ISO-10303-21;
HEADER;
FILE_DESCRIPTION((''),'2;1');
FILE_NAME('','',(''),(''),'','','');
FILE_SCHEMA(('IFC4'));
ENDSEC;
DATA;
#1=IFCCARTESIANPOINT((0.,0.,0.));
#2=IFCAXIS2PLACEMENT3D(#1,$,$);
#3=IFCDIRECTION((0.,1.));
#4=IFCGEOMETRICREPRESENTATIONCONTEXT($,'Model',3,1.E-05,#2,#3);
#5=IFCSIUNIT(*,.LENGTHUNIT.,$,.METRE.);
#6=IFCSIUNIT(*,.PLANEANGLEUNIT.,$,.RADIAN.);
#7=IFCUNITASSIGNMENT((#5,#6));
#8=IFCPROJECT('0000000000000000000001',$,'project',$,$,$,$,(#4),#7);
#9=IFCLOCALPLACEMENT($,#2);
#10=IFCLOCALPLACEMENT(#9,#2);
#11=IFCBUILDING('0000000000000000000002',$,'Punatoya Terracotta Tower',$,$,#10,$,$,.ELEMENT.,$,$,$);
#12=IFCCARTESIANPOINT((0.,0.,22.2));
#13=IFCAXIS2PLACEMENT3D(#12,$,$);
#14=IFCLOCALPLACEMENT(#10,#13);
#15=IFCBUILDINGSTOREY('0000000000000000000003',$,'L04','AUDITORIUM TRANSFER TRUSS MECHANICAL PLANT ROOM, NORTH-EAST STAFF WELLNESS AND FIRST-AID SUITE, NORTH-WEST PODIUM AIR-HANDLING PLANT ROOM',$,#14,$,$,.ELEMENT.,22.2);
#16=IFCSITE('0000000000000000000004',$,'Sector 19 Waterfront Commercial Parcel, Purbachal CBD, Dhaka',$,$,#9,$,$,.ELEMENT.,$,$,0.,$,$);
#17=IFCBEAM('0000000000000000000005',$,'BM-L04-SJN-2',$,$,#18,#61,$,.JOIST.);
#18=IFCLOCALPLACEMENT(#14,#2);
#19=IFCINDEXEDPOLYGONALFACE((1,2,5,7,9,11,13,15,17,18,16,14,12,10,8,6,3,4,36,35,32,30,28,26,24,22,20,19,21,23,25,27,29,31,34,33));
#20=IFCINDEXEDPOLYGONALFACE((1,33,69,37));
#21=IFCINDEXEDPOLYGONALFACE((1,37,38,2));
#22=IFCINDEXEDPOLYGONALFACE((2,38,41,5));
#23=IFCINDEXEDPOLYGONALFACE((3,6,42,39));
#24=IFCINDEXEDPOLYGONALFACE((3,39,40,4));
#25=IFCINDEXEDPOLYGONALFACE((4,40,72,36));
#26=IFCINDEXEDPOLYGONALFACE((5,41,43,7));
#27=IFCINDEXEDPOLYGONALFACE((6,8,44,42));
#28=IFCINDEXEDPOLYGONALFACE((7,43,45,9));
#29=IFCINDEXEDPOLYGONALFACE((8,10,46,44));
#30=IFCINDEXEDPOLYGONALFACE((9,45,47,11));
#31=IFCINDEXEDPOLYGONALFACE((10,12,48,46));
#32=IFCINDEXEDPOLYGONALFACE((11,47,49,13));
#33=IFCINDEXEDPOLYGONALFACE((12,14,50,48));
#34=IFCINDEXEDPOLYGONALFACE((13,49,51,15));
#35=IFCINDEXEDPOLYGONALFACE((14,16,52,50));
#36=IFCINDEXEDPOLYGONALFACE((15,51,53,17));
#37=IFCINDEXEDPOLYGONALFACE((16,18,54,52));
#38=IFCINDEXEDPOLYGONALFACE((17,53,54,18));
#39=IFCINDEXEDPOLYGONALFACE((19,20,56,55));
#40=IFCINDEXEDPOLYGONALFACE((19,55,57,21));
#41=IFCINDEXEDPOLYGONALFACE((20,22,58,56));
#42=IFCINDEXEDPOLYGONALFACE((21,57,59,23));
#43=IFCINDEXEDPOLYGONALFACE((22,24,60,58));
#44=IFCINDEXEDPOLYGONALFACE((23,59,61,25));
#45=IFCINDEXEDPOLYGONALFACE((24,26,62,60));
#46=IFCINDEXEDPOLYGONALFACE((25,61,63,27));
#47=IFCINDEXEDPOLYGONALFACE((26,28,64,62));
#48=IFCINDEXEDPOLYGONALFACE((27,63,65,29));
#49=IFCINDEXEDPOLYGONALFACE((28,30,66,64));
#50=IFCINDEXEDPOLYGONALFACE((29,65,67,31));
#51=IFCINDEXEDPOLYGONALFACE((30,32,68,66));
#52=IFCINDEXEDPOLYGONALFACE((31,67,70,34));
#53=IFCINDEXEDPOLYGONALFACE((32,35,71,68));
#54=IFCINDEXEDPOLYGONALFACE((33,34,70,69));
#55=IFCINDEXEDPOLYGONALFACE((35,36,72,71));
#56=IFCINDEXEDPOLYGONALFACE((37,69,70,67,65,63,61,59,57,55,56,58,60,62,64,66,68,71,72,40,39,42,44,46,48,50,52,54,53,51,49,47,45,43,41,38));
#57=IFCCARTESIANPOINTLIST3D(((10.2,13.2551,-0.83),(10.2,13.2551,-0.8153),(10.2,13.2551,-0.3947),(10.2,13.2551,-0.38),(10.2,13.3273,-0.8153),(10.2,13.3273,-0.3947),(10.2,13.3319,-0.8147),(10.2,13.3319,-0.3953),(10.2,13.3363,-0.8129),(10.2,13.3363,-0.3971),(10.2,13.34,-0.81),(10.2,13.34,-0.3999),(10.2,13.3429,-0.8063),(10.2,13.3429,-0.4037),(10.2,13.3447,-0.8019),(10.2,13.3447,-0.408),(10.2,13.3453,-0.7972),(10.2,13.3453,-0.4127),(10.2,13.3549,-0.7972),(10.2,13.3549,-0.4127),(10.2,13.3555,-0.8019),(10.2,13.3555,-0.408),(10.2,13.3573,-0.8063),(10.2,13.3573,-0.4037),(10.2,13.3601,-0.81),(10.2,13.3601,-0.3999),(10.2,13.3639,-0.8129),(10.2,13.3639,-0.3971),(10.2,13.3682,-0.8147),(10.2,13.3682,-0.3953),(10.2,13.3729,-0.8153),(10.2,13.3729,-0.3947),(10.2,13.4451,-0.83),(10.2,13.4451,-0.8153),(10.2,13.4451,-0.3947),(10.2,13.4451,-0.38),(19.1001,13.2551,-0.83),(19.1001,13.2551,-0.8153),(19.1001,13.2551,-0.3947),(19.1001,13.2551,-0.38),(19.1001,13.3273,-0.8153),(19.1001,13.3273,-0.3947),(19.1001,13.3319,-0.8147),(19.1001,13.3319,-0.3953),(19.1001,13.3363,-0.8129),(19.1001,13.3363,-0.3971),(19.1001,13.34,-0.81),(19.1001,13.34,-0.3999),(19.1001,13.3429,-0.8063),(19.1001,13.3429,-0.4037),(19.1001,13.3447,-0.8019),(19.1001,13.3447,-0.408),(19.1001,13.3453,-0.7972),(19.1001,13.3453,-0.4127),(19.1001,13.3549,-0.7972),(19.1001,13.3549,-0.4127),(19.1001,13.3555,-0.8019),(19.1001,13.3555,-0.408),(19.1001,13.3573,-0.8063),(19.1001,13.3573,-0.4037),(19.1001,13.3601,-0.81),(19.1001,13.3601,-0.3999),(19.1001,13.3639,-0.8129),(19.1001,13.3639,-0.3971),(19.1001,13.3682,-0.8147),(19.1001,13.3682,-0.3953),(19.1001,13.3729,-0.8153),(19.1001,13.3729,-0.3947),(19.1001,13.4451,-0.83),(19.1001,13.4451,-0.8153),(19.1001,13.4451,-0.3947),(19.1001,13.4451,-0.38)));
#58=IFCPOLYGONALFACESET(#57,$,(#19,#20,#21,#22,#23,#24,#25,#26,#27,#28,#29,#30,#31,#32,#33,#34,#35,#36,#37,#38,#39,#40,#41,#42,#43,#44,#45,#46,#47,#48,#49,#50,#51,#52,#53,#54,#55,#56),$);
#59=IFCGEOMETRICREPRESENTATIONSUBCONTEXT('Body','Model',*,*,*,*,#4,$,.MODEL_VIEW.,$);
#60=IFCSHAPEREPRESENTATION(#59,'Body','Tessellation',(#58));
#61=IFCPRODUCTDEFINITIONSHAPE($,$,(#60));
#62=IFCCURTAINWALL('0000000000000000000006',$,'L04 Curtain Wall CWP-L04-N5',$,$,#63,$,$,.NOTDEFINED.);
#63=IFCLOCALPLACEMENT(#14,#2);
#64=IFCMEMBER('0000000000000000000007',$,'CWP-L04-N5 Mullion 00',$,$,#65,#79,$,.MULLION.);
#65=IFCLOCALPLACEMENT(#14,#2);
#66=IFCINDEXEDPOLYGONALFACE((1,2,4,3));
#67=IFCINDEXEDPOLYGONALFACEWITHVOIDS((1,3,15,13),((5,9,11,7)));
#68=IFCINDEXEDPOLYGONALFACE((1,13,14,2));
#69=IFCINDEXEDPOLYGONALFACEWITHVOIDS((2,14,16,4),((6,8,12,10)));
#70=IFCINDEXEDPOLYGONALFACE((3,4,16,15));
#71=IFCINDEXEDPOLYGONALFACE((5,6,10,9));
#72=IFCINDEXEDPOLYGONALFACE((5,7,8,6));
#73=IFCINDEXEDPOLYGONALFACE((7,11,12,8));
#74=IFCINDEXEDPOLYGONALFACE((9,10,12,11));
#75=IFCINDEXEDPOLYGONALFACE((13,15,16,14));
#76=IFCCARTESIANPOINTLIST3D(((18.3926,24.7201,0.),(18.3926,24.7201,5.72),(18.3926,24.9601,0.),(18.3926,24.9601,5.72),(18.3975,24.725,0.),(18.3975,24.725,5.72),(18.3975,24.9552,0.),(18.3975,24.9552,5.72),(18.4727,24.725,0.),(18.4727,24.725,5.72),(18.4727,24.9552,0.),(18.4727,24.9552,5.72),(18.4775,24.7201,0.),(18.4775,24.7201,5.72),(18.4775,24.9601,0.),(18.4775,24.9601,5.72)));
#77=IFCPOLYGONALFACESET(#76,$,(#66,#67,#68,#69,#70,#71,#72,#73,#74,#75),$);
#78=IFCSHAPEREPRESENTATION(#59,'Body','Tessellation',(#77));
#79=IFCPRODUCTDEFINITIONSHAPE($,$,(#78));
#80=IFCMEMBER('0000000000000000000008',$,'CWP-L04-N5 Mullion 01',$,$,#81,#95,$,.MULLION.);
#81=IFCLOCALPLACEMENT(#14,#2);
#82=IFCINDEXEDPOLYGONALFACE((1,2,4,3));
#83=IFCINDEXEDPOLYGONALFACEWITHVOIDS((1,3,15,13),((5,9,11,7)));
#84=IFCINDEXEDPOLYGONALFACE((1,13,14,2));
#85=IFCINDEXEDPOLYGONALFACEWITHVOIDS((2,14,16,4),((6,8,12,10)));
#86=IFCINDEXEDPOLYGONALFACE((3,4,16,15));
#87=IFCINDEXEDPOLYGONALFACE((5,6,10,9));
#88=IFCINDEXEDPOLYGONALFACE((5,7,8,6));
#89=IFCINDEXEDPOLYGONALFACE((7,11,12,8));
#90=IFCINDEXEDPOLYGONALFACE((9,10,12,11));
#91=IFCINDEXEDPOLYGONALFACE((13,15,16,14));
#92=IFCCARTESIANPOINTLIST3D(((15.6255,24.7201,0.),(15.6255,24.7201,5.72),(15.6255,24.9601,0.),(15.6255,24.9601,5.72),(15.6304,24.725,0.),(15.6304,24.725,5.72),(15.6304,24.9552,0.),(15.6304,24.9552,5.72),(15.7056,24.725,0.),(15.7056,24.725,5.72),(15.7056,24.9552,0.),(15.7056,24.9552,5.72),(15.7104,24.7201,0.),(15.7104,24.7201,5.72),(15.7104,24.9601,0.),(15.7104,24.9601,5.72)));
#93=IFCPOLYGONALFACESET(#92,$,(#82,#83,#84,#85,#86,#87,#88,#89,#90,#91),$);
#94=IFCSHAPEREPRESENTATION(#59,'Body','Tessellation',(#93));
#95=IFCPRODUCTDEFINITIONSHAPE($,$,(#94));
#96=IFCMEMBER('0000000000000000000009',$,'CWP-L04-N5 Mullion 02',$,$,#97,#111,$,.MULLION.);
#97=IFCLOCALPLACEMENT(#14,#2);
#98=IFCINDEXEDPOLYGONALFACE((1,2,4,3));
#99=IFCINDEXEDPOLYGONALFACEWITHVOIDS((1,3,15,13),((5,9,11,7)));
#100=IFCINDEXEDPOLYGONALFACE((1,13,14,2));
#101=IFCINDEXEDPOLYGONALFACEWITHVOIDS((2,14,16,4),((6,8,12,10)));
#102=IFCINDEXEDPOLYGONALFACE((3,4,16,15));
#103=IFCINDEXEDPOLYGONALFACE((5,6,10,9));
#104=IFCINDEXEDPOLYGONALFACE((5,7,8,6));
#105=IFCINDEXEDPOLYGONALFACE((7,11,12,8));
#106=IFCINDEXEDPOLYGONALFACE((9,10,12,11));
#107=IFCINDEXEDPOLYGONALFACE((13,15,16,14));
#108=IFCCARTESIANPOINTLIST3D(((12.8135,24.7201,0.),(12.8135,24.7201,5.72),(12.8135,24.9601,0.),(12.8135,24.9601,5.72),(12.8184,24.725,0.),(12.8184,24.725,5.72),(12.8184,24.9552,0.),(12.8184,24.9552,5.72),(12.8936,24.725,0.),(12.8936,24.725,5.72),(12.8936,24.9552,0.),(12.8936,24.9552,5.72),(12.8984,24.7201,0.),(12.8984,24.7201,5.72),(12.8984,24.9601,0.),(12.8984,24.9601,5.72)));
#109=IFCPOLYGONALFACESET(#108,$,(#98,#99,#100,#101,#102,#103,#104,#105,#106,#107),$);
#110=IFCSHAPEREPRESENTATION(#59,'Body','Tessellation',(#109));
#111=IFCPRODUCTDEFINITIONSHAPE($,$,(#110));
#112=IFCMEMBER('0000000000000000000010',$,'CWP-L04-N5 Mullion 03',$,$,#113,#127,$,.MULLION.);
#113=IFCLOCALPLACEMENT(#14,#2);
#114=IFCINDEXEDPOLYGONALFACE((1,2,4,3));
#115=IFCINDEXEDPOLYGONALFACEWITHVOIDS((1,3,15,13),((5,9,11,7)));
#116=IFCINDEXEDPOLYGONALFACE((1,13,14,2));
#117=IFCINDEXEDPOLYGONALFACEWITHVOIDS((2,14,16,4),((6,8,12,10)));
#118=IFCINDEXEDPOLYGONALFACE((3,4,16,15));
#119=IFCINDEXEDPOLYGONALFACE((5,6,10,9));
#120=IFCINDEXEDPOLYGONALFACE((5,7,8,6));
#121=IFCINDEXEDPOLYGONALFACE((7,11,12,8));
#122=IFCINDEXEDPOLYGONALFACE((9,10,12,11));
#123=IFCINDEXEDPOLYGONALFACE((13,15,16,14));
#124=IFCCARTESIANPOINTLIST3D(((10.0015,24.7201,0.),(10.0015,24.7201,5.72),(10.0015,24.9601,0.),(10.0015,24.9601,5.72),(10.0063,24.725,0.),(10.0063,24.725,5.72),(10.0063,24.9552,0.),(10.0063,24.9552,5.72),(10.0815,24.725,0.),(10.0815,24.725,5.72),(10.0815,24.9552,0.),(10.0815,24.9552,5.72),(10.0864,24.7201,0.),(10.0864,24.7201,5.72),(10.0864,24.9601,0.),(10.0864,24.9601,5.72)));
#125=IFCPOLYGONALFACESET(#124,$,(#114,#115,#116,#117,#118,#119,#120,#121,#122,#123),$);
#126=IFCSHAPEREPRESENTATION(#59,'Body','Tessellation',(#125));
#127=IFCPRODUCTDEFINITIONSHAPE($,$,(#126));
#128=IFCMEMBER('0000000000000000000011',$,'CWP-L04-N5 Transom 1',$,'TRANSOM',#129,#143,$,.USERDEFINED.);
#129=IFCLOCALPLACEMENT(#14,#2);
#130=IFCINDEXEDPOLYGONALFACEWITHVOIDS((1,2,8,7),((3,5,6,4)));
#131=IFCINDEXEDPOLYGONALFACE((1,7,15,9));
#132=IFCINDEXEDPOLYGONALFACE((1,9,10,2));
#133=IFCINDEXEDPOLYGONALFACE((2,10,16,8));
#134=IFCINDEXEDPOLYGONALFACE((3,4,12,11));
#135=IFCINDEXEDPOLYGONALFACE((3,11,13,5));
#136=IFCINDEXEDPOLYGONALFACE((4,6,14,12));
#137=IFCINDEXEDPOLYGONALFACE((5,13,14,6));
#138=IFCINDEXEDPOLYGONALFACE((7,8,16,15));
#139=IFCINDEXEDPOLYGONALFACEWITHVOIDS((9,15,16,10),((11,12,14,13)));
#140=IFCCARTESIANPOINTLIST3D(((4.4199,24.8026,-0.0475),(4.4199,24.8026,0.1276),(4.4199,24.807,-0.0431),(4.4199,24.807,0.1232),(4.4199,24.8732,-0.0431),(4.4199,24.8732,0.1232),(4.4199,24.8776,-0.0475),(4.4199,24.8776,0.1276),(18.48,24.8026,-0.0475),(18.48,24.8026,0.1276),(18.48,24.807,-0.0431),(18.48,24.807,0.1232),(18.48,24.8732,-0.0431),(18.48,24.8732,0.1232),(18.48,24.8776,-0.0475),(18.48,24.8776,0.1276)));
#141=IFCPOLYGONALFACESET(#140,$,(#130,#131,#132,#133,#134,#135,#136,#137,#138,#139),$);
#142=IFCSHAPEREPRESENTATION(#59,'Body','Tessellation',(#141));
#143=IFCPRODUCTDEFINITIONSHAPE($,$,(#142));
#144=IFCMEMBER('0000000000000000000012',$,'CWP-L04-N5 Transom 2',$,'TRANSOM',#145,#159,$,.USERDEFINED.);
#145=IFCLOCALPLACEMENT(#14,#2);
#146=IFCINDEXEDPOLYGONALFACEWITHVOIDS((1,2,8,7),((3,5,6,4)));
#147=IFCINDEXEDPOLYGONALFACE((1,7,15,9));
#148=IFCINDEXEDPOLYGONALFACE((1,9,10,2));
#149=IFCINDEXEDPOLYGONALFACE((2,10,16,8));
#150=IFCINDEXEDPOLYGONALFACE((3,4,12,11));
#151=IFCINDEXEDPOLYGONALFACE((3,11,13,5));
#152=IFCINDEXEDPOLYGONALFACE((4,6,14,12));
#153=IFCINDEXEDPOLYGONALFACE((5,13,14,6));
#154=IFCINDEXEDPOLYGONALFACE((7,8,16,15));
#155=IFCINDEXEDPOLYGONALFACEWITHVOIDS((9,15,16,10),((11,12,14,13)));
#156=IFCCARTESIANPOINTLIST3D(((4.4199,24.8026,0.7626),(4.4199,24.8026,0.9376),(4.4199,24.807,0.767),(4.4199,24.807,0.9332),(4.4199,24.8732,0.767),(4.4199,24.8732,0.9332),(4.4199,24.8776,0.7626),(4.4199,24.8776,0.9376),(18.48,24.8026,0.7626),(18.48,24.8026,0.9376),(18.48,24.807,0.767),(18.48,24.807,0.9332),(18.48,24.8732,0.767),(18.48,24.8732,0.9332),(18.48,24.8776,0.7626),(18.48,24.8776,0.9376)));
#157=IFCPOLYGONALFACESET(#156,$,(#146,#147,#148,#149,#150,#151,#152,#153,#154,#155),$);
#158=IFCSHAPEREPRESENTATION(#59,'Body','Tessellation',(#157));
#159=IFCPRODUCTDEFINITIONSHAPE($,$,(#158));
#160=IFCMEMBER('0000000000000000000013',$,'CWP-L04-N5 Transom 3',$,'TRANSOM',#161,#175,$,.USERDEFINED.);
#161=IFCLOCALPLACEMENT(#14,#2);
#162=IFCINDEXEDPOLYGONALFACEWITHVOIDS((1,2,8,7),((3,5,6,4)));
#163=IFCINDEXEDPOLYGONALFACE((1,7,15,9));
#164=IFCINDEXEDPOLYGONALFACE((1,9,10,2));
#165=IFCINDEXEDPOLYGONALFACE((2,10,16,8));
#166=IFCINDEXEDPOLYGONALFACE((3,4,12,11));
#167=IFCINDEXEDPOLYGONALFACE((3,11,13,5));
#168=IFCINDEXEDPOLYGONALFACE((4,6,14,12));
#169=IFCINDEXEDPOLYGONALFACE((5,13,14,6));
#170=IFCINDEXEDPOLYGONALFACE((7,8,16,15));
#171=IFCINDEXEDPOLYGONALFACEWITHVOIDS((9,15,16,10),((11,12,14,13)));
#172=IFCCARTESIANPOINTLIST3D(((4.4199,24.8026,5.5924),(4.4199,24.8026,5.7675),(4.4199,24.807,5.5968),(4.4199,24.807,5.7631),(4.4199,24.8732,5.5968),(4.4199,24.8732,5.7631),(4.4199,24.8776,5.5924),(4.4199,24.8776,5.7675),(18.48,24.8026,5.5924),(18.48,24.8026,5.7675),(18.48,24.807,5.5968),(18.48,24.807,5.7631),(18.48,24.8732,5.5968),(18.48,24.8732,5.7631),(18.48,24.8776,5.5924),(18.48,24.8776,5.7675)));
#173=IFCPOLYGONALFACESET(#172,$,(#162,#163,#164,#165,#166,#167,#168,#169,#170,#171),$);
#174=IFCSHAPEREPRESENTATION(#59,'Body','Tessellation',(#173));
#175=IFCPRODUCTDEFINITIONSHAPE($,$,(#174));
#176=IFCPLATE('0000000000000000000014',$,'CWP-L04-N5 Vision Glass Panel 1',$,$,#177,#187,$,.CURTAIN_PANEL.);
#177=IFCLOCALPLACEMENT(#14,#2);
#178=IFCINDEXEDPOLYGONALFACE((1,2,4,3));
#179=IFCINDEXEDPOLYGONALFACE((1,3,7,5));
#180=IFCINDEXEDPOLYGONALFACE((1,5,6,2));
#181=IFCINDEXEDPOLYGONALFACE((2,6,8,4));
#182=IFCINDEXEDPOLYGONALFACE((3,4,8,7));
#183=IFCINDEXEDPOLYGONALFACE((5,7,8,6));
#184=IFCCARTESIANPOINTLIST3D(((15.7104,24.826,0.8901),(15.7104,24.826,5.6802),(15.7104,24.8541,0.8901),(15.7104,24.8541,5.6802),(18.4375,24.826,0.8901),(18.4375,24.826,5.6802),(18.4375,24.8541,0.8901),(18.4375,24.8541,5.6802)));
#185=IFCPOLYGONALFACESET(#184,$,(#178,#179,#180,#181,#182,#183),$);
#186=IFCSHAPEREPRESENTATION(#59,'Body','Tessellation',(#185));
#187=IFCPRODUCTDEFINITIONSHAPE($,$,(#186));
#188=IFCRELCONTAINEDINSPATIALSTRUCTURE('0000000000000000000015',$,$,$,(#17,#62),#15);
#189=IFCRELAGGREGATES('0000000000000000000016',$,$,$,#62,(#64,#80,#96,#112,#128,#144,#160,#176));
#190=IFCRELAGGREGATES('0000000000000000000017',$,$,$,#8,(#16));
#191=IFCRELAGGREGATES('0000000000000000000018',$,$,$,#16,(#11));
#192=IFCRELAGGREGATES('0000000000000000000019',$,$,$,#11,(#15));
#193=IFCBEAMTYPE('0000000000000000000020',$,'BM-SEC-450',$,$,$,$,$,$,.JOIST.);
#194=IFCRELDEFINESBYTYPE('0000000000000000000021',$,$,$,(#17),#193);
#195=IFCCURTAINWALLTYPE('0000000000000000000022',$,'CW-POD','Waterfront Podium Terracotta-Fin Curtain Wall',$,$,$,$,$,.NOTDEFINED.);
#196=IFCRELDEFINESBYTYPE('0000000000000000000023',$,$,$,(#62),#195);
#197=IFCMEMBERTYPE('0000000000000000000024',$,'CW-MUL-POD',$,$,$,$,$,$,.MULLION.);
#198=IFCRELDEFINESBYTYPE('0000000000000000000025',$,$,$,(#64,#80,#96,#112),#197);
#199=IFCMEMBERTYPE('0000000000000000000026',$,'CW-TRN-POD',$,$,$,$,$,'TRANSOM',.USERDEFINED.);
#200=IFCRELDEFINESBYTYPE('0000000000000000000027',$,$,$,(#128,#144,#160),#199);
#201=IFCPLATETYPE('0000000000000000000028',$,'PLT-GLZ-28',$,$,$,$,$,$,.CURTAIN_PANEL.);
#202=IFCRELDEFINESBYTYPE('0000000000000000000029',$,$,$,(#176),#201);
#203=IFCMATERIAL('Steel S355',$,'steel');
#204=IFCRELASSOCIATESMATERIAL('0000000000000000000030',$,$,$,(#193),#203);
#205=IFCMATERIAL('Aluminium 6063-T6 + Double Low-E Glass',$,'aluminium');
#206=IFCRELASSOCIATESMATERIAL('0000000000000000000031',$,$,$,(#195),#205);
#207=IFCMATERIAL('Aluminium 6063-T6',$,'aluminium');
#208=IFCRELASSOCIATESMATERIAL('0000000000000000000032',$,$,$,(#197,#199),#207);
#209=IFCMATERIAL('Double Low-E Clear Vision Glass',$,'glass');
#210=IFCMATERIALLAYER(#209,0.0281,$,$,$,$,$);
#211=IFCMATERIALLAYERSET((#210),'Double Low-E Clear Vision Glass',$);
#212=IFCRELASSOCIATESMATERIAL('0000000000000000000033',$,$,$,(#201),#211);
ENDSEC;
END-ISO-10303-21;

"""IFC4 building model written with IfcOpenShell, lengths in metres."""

from ifc_helpers import new_model, si_unit, direction, frame, origin, origin_2d, place, context, subcontext, project, spatial, rectangle, hollow_rectangle, i_section, extrude, material, layer, layer_set, material_profile, profile_set, type_object, element, aggregate, save


model = new_model("IFC4")

# Units and contexts
model_context = context("Model", 3, precision=1e-05, world=origin(), true_north=direction((0.0, 1.0)))
body_context = subcontext(model_context, "Body", "Model", "MODEL_VIEW")
ifc_project = project(units=[si_unit("LENGTHUNIT", "METRE"), si_unit("PLANEANGLEUNIT", "RADIAN")], contexts=[model_context])

# Site, building, storey
site_placement = place(None, origin())
site = spatial("IfcSite", under=ifc_project, at=site_placement, Name="Sector 19 Waterfront Commercial Parcel, Purbachal CBD, Dhaka", CompositionType="ELEMENT", RefElevation=0.0)
building_placement = place(site_placement, origin())
building = spatial("IfcBuilding", under=site, at=building_placement, Name="Punatoya Terracotta Tower", CompositionType="ELEMENT")
storey_placement = place(building_placement, frame((0.0, 0.0, 22.2)))
storey = spatial("IfcBuildingStorey", under=building, at=storey_placement, Name="L04", Description="AUDITORIUM TRANSFER TRUSS MECHANICAL PLANT ROOM, NORTH-EAST STAFF WELLNESS AND FIRST-AID SUITE, NORTH-WEST PODIUM AIR-HANDLING PLANT ROOM", CompositionType="ELEMENT", Elevation=22.2)

# Beam
ifc_material_1 = material(Name="Steel S355", Category="steel")
ifc_material_profile_1 = material_profile(ifc_material_1, i_section(OverallWidth=0.1899, OverallDepth=0.45, WebThickness=0.0095, FlangeThickness=0.0146, FilletRadius=0.0181, at=origin_2d()))
ifc_profile_set_1 = profile_set([ifc_material_profile_1], Name="Steel S355")
beam_type_1 = type_object("IfcBeamType", Name="BM-SEC-450", PredefinedType="JOIST", material=ifc_profile_set_1)
beam_1_placement = place(storey_placement, frame((10.2, 13.3501, -0.605), z_axis=(1.0, 0.0, 0.0), x_axis=(0.0, 1.0, 0.0)))
element("IfcBeam", 1, at=beam_1_placement, inside=storey, type_object=beam_type_1, Name="BM-L04-SJN-2", PredefinedType="JOIST", context=body_context, shape_type="SweptSolid", body=[
    extrude(i_section(OverallWidth=0.1899, OverallDepth=0.45, WebThickness=0.0095, FlangeThickness=0.0146, FilletRadius=0.0181, at=origin_2d()), origin(), (0.0, 0.0, 1.0), 8.9001),
])

# Curtain wall, members, plate
ifc_material_2 = material(Name="Aluminium 6063-T6 + Double Low-E Glass", Category="aluminium")
curtain_wall_type = type_object("IfcCurtainWallType", Name="CW-POD", Description="Waterfront Podium Terracotta-Fin Curtain Wall", PredefinedType="NOTDEFINED", material=ifc_material_2)
curtain_wall_placement = place(storey_placement, origin())
curtain_wall = element("IfcCurtainWall", 2, at=curtain_wall_placement, inside=storey, type_object=curtain_wall_type, Name="L04 Curtain Wall CWP-L04-N5", PredefinedType="NOTDEFINED")
ifc_material_3 = material(Name="Aluminium 6063-T6", Category="aluminium")
ifc_material_profile_2 = material_profile(ifc_material_3, hollow_rectangle(XDim=0.085, YDim=0.24, WallThickness=0.0049, at=origin_2d()))
ifc_profile_set_2 = profile_set([ifc_material_profile_2], Name="Aluminium 6063-T6")
member_type_1 = type_object("IfcMemberType", Name="CW-MUL-POD", PredefinedType="MULLION", material=ifc_profile_set_2)
member_1_placement = place(storey_placement, frame((18.4351, 24.8401, 0.0), z_axis=(0.0, 0.0, 1.0), x_axis=(1.0, 0.0, 0.0)))
member_1 = element("IfcMember", 3, at=member_1_placement, type_object=member_type_1, Name="CWP-L04-N5 Mullion 00", PredefinedType="MULLION", context=body_context, shape_type="SweptSolid", body=[
    extrude(hollow_rectangle(XDim=0.085, YDim=0.24, WallThickness=0.0049, at=origin_2d()), origin(), (0.0, 0.0, 1.0), 5.72),
])
member_2_placement = place(storey_placement, frame((15.668, 24.8401, 0.0), z_axis=(0.0, 0.0, 1.0), x_axis=(1.0, 0.0, 0.0)))
member_2 = element("IfcMember", 4, at=member_2_placement, type_object=member_type_1, Name="CWP-L04-N5 Mullion 01", PredefinedType="MULLION", context=body_context, shape_type="SweptSolid", body=[
    extrude(hollow_rectangle(XDim=0.085, YDim=0.24, WallThickness=0.0049, at=origin_2d()), origin(), (0.0, 0.0, 1.0), 5.72),
])
member_3_placement = place(storey_placement, frame((12.856, 24.8401, 0.0), z_axis=(0.0, 0.0, 1.0), x_axis=(1.0, 0.0, 0.0)))
member_3 = element("IfcMember", 5, at=member_3_placement, type_object=member_type_1, Name="CWP-L04-N5 Mullion 02", PredefinedType="MULLION", context=body_context, shape_type="SweptSolid", body=[
    extrude(hollow_rectangle(XDim=0.085, YDim=0.24, WallThickness=0.0049, at=origin_2d()), origin(), (0.0, 0.0, 1.0), 5.72),
])
member_4_placement = place(storey_placement, frame((10.0439, 24.8401, 0.0), z_axis=(0.0, 0.0, 1.0), x_axis=(1.0, 0.0, 0.0)))
member_4 = element("IfcMember", 6, at=member_4_placement, type_object=member_type_1, Name="CWP-L04-N5 Mullion 03", PredefinedType="MULLION", context=body_context, shape_type="SweptSolid", body=[
    extrude(hollow_rectangle(XDim=0.085, YDim=0.24, WallThickness=0.0049, at=origin_2d()), origin(), (0.0, 0.0, 1.0), 5.72),
])
ifc_material_profile_3 = material_profile(ifc_material_3, hollow_rectangle(XDim=0.075, YDim=0.175, WallThickness=0.0044, at=origin_2d()))
ifc_profile_set_3 = profile_set([ifc_material_profile_3], Name="Aluminium 6063-T6")
member_type_2 = type_object("IfcMemberType", Name="CW-TRN-POD", ElementType="TRANSOM", PredefinedType="USERDEFINED", material=ifc_profile_set_3)
member_5_placement = place(storey_placement, frame((18.48, 24.8401, 0.04), z_axis=(-1.0, 0.0, 0.0), x_axis=(0.0, -1.0, 0.0)))
member_5 = element("IfcMember", 7, at=member_5_placement, type_object=member_type_2, Name="CWP-L04-N5 Transom 1", ObjectType="TRANSOM", PredefinedType="USERDEFINED", context=body_context, shape_type="SweptSolid", body=[
    extrude(hollow_rectangle(XDim=0.075, YDim=0.175, WallThickness=0.0044, at=origin_2d()), origin(), (0.0, 0.0, 1.0), 14.0601),
])
member_6_placement = place(storey_placement, frame((18.48, 24.8401, 0.8501), z_axis=(-1.0, 0.0, 0.0), x_axis=(0.0, -1.0, 0.0)))
member_6 = element("IfcMember", 8, at=member_6_placement, type_object=member_type_2, Name="CWP-L04-N5 Transom 2", ObjectType="TRANSOM", PredefinedType="USERDEFINED", context=body_context, shape_type="SweptSolid", body=[
    extrude(hollow_rectangle(XDim=0.075, YDim=0.175, WallThickness=0.0044, at=origin_2d()), origin(), (0.0, 0.0, 1.0), 14.0601),
])
member_7_placement = place(storey_placement, frame((18.48, 24.8401, 5.6799), z_axis=(-1.0, 0.0, 0.0), x_axis=(0.0, -1.0, 0.0)))
member_7 = element("IfcMember", 9, at=member_7_placement, type_object=member_type_2, Name="CWP-L04-N5 Transom 3", ObjectType="TRANSOM", PredefinedType="USERDEFINED", context=body_context, shape_type="SweptSolid", body=[
    extrude(hollow_rectangle(XDim=0.075, YDim=0.175, WallThickness=0.0044, at=origin_2d()), origin(), (0.0, 0.0, 1.0), 14.0601),
])
ifc_material_4 = material(Name="Double Low-E Clear Vision Glass", Category="glass")
ifc_layer_1 = layer(ifc_material_4, 0.0281)
ifc_layer_set_1 = layer_set([ifc_layer_1], Name="Double Low-E Clear Vision Glass")
plate_type_1 = type_object("IfcPlateType", Name="PLT-GLZ-28", PredefinedType="CURTAIN_PANEL", material=ifc_layer_set_1)
plate_1_placement = place(storey_placement, frame((17.074, 24.8401, 0.8901), z_axis=(0.0, 0.0, 1.0), x_axis=(-1.0, 0.0, 0.0)))
plate_1 = element("IfcPlate", 10, at=plate_1_placement, type_object=plate_type_1, Name="CWP-L04-N5 Vision Glass Panel 1", PredefinedType="CURTAIN_PANEL", context=body_context, shape_type="SweptSolid", body=[
    extrude(rectangle(XDim=2.7271, YDim=0.0281, at=origin_2d()), origin(), (0.0, 0.0, 1.0), 4.79),
])
aggregate(curtain_wall, [member_1, member_2, member_3, member_4, member_5, member_6, member_7, plate_1])

save(model, "model.ifc")
